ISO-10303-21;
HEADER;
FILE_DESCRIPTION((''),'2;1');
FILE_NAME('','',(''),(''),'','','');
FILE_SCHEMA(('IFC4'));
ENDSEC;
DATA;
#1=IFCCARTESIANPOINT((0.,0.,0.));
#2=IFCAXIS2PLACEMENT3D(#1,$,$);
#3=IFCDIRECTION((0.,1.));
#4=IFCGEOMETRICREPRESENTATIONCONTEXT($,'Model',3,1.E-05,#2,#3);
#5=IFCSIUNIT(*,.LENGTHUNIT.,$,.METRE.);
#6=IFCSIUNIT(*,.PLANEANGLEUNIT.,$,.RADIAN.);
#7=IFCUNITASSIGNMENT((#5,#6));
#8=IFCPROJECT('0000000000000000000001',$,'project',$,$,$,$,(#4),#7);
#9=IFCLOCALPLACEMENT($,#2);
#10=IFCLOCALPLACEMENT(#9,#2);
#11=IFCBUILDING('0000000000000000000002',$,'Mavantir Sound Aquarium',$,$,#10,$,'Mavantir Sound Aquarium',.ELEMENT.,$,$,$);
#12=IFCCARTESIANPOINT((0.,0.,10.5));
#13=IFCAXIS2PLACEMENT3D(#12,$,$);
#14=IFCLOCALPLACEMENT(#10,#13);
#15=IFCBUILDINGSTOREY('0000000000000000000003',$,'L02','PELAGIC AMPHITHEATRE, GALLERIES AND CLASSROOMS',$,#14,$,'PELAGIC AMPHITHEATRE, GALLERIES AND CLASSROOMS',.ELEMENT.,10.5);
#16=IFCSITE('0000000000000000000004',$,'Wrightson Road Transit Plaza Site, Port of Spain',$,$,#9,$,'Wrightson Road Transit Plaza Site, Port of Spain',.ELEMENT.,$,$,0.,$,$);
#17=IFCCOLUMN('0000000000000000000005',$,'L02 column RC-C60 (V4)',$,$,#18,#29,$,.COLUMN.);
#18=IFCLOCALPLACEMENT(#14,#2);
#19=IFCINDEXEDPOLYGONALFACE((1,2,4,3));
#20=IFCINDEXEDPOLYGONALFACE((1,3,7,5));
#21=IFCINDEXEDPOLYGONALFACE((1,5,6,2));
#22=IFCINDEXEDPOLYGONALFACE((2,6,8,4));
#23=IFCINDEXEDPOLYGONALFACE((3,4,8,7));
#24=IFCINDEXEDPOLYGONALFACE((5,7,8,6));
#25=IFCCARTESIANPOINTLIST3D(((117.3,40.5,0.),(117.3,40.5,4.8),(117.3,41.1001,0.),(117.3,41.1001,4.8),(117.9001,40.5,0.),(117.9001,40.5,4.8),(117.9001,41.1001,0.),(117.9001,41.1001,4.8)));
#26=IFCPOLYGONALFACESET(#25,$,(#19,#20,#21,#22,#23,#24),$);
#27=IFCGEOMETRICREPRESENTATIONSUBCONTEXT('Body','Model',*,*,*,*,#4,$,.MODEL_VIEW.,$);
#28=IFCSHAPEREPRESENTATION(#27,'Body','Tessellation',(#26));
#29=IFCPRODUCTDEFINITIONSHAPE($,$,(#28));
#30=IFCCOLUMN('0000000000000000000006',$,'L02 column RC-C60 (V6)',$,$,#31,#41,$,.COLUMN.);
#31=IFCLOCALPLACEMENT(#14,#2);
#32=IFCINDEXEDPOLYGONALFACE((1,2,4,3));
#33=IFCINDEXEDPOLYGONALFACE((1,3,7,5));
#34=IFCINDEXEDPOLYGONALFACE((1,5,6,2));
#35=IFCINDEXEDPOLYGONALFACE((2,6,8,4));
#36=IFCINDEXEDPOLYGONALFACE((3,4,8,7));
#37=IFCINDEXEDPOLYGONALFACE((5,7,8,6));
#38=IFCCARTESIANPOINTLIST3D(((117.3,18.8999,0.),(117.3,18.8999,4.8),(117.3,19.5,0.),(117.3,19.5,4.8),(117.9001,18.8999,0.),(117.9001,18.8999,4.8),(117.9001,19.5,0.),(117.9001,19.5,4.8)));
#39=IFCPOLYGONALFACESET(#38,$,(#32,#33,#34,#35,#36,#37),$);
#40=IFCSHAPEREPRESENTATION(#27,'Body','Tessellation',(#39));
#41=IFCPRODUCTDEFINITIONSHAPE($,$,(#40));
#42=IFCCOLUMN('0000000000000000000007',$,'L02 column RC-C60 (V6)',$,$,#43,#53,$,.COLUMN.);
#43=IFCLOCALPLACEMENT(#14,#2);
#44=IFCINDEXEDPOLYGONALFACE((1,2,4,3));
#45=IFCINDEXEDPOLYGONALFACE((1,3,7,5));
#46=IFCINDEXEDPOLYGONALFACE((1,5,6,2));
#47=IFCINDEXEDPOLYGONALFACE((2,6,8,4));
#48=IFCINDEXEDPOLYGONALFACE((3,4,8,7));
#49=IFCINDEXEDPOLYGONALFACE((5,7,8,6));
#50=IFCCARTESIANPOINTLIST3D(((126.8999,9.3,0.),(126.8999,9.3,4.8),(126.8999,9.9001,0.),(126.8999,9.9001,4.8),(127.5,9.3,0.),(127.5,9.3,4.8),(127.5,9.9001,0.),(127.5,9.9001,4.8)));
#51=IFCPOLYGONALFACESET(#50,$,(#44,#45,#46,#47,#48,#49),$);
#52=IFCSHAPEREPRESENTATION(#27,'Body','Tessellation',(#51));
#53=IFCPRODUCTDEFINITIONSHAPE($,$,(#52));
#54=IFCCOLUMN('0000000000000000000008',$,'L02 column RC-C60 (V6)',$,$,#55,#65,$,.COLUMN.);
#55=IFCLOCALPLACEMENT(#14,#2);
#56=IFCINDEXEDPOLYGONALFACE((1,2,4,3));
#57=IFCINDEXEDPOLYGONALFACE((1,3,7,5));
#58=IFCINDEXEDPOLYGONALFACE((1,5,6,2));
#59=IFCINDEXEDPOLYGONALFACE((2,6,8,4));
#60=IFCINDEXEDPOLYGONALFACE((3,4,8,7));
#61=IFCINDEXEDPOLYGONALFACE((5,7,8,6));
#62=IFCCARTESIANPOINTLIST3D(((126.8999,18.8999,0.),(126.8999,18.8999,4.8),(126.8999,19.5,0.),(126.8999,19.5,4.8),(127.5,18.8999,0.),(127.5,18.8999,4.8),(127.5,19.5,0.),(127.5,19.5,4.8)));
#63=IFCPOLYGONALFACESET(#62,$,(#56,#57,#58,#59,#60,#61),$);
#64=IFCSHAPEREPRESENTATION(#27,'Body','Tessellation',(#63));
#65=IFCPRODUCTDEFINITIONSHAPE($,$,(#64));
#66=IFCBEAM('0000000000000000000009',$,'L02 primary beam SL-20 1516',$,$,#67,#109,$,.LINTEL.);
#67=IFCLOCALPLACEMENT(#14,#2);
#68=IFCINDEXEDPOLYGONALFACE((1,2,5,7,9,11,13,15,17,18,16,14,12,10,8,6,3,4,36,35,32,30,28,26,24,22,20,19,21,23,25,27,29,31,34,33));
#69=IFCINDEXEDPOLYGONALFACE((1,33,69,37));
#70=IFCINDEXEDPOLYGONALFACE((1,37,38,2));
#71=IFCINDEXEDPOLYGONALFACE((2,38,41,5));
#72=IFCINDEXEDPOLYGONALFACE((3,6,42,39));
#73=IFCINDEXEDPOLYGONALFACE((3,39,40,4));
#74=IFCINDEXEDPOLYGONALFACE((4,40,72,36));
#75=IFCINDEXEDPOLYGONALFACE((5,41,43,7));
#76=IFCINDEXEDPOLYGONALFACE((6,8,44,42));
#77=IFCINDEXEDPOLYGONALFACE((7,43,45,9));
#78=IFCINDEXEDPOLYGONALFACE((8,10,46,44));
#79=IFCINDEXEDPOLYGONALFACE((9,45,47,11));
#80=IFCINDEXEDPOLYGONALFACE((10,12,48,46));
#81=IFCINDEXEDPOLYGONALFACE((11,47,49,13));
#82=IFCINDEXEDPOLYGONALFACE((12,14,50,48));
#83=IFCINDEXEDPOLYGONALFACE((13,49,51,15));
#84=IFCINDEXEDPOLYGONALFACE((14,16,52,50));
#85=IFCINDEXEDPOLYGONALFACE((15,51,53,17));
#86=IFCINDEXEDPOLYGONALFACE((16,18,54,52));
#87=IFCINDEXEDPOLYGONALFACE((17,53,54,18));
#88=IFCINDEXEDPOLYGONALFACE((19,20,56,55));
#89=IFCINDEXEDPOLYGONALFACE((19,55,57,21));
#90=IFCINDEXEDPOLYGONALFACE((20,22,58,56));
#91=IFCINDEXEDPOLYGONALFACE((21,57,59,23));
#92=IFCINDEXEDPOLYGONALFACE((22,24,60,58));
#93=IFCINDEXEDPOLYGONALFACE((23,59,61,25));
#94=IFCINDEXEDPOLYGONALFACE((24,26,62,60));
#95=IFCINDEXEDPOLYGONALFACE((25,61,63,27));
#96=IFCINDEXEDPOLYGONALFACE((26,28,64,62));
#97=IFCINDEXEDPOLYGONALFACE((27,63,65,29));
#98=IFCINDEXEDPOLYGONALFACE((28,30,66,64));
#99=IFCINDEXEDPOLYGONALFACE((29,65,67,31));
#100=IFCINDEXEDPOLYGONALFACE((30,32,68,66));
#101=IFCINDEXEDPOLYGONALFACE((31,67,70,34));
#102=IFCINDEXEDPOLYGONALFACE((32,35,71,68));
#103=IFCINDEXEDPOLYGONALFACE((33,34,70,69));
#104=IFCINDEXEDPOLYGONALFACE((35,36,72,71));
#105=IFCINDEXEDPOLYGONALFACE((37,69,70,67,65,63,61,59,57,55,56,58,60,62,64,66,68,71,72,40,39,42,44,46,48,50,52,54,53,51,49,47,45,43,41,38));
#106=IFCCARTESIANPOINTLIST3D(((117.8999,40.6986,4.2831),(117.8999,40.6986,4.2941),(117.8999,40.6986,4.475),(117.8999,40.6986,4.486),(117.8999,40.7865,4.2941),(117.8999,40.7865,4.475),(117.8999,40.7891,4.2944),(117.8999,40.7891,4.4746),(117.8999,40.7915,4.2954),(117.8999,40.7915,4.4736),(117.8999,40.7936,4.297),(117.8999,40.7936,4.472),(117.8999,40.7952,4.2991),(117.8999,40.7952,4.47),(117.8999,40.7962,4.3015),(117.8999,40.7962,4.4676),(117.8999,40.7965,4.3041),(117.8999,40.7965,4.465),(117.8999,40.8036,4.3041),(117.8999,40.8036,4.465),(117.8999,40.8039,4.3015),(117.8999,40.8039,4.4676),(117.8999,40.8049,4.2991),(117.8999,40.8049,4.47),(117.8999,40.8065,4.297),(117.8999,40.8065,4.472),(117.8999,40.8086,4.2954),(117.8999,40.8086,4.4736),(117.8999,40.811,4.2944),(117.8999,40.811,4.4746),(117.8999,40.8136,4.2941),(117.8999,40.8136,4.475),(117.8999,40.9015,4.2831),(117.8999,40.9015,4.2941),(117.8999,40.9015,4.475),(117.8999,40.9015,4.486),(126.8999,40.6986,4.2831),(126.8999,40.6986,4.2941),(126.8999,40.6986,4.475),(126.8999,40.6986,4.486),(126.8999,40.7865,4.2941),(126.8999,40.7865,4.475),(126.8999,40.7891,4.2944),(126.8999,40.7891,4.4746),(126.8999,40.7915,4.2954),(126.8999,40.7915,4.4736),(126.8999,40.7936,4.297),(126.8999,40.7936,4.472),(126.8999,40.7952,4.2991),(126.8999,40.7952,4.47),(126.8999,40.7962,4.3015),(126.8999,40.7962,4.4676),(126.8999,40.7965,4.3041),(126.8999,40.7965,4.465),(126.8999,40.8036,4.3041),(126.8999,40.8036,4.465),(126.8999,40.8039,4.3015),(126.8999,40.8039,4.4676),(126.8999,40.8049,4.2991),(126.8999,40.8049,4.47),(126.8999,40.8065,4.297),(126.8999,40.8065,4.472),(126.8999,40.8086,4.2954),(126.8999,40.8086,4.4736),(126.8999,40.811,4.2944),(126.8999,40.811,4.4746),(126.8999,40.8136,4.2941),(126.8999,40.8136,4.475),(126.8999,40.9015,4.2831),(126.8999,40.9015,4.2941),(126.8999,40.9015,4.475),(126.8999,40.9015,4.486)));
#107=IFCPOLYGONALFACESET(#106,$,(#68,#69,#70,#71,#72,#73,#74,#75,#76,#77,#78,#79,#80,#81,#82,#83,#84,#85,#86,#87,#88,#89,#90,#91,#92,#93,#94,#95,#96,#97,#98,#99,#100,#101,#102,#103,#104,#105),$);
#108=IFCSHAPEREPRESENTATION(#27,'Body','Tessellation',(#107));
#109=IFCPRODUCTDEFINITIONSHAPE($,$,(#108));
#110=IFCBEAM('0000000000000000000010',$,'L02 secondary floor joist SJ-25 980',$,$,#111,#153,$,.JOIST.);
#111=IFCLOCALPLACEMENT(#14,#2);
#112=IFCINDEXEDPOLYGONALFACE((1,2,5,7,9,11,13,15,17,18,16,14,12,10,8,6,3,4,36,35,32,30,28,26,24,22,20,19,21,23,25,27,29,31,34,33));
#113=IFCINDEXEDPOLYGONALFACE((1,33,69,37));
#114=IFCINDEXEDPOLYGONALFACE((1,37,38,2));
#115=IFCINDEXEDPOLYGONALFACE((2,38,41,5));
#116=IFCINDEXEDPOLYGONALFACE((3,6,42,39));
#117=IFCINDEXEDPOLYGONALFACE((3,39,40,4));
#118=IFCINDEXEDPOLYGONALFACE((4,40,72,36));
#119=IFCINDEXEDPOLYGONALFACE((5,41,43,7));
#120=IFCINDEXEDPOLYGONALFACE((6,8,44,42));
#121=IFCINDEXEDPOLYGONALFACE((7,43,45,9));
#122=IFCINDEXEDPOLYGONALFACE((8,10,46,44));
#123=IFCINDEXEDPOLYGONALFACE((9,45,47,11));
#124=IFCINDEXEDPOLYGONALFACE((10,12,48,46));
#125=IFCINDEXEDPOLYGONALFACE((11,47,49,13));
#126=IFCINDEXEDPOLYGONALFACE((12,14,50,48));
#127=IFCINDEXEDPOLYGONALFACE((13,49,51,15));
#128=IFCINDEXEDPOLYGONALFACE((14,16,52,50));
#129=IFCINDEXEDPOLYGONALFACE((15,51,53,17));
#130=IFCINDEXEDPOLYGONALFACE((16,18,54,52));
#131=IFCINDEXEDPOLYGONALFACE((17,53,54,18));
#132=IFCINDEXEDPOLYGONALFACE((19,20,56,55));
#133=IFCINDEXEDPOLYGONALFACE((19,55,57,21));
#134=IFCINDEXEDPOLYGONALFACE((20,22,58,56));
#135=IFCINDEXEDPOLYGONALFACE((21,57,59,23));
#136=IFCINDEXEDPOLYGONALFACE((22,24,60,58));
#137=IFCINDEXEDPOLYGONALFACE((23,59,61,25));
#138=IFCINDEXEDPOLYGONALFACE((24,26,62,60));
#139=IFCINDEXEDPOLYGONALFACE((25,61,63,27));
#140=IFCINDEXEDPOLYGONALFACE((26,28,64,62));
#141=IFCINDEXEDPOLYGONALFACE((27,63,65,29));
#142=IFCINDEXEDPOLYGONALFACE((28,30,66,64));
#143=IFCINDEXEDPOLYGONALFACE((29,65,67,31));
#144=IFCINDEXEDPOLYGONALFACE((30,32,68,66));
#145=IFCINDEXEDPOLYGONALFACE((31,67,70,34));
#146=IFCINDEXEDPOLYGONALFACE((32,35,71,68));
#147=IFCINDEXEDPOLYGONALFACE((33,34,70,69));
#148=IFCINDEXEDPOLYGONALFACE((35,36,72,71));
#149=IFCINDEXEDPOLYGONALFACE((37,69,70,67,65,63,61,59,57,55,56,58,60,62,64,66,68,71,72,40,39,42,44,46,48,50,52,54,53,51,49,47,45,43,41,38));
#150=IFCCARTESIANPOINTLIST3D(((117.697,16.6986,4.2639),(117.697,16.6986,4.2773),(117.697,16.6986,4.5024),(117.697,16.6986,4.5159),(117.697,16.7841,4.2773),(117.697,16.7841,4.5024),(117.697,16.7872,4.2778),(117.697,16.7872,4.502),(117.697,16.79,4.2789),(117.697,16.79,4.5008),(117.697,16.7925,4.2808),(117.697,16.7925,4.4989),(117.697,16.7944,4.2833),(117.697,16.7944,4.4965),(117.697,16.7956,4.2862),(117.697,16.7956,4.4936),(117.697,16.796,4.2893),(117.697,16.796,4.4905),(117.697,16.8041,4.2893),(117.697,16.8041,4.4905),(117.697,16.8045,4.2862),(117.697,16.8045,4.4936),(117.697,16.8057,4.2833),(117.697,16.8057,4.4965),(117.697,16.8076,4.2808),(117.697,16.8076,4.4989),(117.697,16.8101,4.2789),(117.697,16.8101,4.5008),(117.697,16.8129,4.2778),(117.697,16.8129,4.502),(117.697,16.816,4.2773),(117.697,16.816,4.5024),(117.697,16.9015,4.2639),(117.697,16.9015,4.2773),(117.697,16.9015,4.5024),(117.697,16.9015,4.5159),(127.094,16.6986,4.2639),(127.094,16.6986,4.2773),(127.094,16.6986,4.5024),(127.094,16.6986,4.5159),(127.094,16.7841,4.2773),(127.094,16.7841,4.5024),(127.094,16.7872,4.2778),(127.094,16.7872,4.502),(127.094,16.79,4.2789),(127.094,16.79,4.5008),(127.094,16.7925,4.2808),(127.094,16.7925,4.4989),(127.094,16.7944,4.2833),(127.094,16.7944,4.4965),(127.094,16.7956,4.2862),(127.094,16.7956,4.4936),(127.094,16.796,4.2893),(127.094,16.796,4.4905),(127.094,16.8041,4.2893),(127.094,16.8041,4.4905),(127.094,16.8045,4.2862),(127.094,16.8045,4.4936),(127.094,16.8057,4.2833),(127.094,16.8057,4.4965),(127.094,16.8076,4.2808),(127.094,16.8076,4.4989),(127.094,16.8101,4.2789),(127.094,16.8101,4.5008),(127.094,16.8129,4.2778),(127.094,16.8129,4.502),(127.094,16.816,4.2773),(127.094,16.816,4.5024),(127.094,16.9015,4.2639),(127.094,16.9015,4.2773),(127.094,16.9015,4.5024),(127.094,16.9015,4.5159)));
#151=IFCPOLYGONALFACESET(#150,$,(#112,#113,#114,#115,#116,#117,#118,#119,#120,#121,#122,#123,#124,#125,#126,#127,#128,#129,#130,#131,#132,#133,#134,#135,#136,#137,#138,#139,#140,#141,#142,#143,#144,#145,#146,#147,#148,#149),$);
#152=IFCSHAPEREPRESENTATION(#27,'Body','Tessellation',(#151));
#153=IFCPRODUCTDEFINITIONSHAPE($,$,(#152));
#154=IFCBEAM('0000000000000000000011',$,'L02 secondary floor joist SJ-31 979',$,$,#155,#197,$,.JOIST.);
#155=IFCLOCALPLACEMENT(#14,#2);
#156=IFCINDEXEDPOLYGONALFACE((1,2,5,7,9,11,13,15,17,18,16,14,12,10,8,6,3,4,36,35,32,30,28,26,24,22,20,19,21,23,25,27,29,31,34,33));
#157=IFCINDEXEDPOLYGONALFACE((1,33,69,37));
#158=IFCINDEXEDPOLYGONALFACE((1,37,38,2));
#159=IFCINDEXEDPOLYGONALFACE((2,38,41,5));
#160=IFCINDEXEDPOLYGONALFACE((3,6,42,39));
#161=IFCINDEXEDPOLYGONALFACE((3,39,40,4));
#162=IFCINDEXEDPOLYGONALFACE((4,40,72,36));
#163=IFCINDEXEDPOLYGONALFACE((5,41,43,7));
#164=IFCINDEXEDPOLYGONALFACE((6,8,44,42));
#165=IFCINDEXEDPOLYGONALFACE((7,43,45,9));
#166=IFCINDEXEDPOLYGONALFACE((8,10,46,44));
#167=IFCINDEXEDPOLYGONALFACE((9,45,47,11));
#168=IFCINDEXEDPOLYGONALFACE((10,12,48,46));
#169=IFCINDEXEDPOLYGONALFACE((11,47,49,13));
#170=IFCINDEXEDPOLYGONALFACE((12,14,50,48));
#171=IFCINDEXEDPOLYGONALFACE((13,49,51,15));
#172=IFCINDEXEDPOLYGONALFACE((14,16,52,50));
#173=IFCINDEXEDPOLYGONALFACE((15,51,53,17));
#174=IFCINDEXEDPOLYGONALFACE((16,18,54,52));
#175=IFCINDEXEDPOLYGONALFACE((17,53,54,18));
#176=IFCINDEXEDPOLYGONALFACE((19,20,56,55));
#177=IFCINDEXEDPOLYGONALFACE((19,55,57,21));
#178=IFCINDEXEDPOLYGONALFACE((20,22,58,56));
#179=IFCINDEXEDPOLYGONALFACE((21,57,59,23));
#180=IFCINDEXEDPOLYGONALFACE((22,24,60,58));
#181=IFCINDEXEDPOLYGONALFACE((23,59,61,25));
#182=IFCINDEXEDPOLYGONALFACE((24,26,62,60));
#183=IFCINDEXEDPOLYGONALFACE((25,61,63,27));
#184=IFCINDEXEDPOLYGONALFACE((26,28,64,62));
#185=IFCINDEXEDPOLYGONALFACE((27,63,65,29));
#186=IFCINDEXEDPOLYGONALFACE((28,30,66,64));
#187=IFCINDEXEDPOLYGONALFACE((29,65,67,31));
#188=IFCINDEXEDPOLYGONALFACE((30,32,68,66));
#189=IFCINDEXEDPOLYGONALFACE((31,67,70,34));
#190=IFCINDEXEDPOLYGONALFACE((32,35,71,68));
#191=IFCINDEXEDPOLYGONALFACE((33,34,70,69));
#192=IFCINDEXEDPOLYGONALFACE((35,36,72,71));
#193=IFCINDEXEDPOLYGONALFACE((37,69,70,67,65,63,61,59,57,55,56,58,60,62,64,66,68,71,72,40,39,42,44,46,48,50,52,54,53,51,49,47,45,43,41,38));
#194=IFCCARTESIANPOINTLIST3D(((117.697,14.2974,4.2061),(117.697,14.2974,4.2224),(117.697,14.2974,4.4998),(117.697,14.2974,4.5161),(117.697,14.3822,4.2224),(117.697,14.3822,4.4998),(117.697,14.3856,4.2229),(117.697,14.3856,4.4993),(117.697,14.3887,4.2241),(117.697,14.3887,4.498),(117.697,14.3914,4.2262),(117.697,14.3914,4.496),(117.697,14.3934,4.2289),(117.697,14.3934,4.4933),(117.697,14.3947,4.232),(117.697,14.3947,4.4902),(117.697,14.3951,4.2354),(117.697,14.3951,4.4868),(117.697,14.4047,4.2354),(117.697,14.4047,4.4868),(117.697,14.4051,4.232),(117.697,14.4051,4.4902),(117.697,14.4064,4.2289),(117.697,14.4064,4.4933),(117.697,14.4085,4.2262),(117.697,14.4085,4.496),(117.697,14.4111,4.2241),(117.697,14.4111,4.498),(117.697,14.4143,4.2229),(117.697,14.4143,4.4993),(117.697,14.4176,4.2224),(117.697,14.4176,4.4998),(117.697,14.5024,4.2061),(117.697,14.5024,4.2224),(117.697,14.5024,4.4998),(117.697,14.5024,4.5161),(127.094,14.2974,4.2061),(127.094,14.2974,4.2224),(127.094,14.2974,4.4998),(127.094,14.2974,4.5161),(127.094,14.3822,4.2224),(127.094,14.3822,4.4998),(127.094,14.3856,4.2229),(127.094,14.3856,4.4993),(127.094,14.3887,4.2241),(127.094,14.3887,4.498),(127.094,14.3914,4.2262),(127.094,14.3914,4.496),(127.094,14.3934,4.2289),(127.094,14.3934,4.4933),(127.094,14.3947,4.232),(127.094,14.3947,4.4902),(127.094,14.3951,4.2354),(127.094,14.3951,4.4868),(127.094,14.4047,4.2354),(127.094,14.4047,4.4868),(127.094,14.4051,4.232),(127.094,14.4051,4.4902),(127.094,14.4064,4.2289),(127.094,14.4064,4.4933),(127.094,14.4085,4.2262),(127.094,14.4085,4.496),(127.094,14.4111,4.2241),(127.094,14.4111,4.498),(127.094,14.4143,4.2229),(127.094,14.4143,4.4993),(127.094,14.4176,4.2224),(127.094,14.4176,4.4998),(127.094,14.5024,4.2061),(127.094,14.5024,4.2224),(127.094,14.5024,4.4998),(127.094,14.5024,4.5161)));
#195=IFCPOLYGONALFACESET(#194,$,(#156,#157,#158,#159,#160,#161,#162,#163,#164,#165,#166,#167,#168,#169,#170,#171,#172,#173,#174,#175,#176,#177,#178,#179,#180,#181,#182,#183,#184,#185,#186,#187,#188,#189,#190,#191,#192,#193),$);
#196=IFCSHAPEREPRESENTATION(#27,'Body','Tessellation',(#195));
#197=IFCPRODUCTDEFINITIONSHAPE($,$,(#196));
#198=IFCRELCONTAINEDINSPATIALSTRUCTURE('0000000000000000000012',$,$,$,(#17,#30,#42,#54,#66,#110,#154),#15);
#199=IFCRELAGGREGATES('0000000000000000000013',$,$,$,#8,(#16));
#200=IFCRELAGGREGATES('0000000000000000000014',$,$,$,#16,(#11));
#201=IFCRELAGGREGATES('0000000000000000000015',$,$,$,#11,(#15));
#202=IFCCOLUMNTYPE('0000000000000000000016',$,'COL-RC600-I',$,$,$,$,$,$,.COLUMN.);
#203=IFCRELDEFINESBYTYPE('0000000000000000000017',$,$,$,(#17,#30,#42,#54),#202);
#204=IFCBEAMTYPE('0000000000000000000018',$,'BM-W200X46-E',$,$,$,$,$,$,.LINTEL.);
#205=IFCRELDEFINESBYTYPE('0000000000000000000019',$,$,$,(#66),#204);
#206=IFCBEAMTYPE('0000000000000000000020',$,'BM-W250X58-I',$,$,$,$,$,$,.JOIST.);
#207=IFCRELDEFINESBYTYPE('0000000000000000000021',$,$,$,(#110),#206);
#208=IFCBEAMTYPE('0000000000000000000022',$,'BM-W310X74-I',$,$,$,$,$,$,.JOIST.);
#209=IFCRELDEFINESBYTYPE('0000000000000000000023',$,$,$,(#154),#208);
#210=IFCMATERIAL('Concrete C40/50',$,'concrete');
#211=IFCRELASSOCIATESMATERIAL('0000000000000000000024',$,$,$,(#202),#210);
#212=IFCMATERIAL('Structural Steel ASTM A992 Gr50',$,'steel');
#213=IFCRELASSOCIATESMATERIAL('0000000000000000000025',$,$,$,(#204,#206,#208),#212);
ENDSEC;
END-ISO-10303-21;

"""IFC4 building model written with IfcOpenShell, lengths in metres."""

from ifc_helpers import new_model, si_unit, direction, frame, origin, origin_2d, place, context, subcontext, project, spatial, rectangle, i_section, extrude, material, material_profile, profile_set, type_object, element, save


model = new_model("IFC4")

# Units and contexts
model_context = context("Model", 3, precision=1e-05, world=origin(), true_north=direction((0.0, 1.0)))
body_context = subcontext(model_context, "Body", "Model", "MODEL_VIEW")
ifc_project = project(units=[si_unit("LENGTHUNIT", "METRE"), si_unit("PLANEANGLEUNIT", "RADIAN")], contexts=[model_context])

# Site, building, storey
site_placement = place(None, origin())
site = spatial("IfcSite", under=ifc_project, at=site_placement, Name="Wrightson Road Transit Plaza Site, Port of Spain", LongName="Wrightson Road Transit Plaza Site, Port of Spain", CompositionType="ELEMENT", RefElevation=0.0)
building_placement = place(site_placement, origin())
building = spatial("IfcBuilding", under=site, at=building_placement, Name="Mavantir Sound Aquarium", LongName="Mavantir Sound Aquarium", CompositionType="ELEMENT")
storey_placement = place(building_placement, frame((0.0, 0.0, 10.5)))
storey = spatial("IfcBuildingStorey", under=building, at=storey_placement, Name="L02", Description="PELAGIC AMPHITHEATRE, GALLERIES AND CLASSROOMS", LongName="PELAGIC AMPHITHEATRE, GALLERIES AND CLASSROOMS", CompositionType="ELEMENT", Elevation=10.5)

# Columns
ifc_material_1 = material(Name="Concrete C40/50", Category="concrete")
ifc_material_profile_1 = material_profile(ifc_material_1, rectangle(XDim=0.6001, YDim=0.6001, at=origin_2d()), Name="RC 600X600")
ifc_profile_set_1 = profile_set([ifc_material_profile_1], Name="Concrete C40/50")
column_type = type_object("IfcColumnType", Name="COL-RC600-I", PredefinedType="COLUMN", material=ifc_profile_set_1)
for number, where, z_axis, x_axis, name in (
    (1, (117.6001, 40.8, 0.0), (0.0, 0.0, 1.0), (1.0, 0.0, 0.0), "L02 column RC-C60 (V4)"),
    (2, (117.6001, 19.2, 0.0), (0.0, 0.0, 1.0), (1.0, 0.0, 0.0), "L02 column RC-C60 (V6)"),
    (3, (127.2, 9.6001, 0.0), (0.0, 0.0, 1.0), (1.0, 0.0, 0.0), "L02 column RC-C60 (V6)"),
    (4, (127.2, 19.2, 0.0), (0.0, 0.0, 1.0), (1.0, 0.0, 0.0), "L02 column RC-C60 (V6)"),
):
    element("IfcColumn", number, at=place(storey_placement, frame(where, z_axis=z_axis, x_axis=x_axis)), inside=storey, type_object=column_type, Name=name, PredefinedType="COLUMN", context=body_context, shape_type="SweptSolid", body=[
        extrude(rectangle(XDim=0.6001, YDim=0.6001, at=origin_2d()), origin(), (0.0, 0.0, 1.0), 4.8),
    ])

# Beams
ifc_material_2 = material(Name="Structural Steel ASTM A992 Gr50", Category="steel")
ifc_material_profile_2 = material_profile(ifc_material_2, i_section(OverallWidth=0.2029, OverallDepth=0.2029, WebThickness=0.0071, FlangeThickness=0.011, FilletRadius=0.01, at=origin_2d()), Name="W200X46")
ifc_profile_set_2 = profile_set([ifc_material_profile_2], Name="Structural Steel ASTM A992 Gr50")
beam_type_1 = type_object("IfcBeamType", Name="BM-W200X46-E", PredefinedType="LINTEL", material=ifc_profile_set_2)
beam_1_placement = place(storey_placement, frame((117.8999, 40.8, 4.3845), z_axis=(1.0, 0.0, 0.0), x_axis=(0.0, 1.0, 0.0)))
element("IfcBeam", 5, at=beam_1_placement, inside=storey, type_object=beam_type_1, Name="L02 primary beam SL-20 1516", PredefinedType="LINTEL", context=body_context, shape_type="SweptSolid", body=[
    extrude(i_section(OverallWidth=0.2029, OverallDepth=0.2029, WebThickness=0.0071, FlangeThickness=0.011, FilletRadius=0.01, at=origin_2d()), origin(), (0.0, 0.0, 1.0), 9.0),
])
ifc_material_profile_3 = material_profile(ifc_material_2, i_section(OverallWidth=0.2029, OverallDepth=0.252, WebThickness=0.0081, FlangeThickness=0.0134, FilletRadius=0.012, at=origin_2d()), Name="W250X58")
ifc_profile_set_3 = profile_set([ifc_material_profile_3], Name="Structural Steel ASTM A992 Gr50")
beam_type_2 = type_object("IfcBeamType", Name="BM-W250X58-I", PredefinedType="JOIST", material=ifc_profile_set_3)
beam_2_placement = place(storey_placement, frame((117.697, 16.8, 4.3899), z_axis=(1.0, 0.0, 0.0), x_axis=(0.0, 1.0, 0.0)))
element("IfcBeam", 6, at=beam_2_placement, inside=storey, type_object=beam_type_2, Name="L02 secondary floor joist SJ-25 980", PredefinedType="JOIST", context=body_context, shape_type="SweptSolid", body=[
    extrude(i_section(OverallWidth=0.2029, OverallDepth=0.252, WebThickness=0.0081, FlangeThickness=0.0134, FilletRadius=0.012, at=origin_2d()), origin(), (0.0, 0.0, 1.0), 9.397),
])
ifc_material_profile_4 = material_profile(ifc_material_2, i_section(OverallWidth=0.2051, OverallDepth=0.3101, WebThickness=0.0095, FlangeThickness=0.0164, FilletRadius=0.0129, at=origin_2d()), Name="W310X74")
ifc_profile_set_4 = profile_set([ifc_material_profile_4], Name="Structural Steel ASTM A992 Gr50")
beam_type_3 = type_object("IfcBeamType", Name="BM-W310X74-I", PredefinedType="JOIST", material=ifc_profile_set_4)
beam_3_placement = place(storey_placement, frame((117.697, 14.3999, 4.3611), z_axis=(1.0, 0.0, 0.0), x_axis=(0.0, 1.0, 0.0)))
element("IfcBeam", 7, at=beam_3_placement, inside=storey, type_object=beam_type_3, Name="L02 secondary floor joist SJ-31 979", PredefinedType="JOIST", context=body_context, shape_type="SweptSolid", body=[
    extrude(i_section(OverallWidth=0.2051, OverallDepth=0.3101, WebThickness=0.0095, FlangeThickness=0.0164, FilletRadius=0.0129, at=origin_2d()), origin(), (0.0, 0.0, 1.0), 9.397),
])

save(model, "model.ifc")
